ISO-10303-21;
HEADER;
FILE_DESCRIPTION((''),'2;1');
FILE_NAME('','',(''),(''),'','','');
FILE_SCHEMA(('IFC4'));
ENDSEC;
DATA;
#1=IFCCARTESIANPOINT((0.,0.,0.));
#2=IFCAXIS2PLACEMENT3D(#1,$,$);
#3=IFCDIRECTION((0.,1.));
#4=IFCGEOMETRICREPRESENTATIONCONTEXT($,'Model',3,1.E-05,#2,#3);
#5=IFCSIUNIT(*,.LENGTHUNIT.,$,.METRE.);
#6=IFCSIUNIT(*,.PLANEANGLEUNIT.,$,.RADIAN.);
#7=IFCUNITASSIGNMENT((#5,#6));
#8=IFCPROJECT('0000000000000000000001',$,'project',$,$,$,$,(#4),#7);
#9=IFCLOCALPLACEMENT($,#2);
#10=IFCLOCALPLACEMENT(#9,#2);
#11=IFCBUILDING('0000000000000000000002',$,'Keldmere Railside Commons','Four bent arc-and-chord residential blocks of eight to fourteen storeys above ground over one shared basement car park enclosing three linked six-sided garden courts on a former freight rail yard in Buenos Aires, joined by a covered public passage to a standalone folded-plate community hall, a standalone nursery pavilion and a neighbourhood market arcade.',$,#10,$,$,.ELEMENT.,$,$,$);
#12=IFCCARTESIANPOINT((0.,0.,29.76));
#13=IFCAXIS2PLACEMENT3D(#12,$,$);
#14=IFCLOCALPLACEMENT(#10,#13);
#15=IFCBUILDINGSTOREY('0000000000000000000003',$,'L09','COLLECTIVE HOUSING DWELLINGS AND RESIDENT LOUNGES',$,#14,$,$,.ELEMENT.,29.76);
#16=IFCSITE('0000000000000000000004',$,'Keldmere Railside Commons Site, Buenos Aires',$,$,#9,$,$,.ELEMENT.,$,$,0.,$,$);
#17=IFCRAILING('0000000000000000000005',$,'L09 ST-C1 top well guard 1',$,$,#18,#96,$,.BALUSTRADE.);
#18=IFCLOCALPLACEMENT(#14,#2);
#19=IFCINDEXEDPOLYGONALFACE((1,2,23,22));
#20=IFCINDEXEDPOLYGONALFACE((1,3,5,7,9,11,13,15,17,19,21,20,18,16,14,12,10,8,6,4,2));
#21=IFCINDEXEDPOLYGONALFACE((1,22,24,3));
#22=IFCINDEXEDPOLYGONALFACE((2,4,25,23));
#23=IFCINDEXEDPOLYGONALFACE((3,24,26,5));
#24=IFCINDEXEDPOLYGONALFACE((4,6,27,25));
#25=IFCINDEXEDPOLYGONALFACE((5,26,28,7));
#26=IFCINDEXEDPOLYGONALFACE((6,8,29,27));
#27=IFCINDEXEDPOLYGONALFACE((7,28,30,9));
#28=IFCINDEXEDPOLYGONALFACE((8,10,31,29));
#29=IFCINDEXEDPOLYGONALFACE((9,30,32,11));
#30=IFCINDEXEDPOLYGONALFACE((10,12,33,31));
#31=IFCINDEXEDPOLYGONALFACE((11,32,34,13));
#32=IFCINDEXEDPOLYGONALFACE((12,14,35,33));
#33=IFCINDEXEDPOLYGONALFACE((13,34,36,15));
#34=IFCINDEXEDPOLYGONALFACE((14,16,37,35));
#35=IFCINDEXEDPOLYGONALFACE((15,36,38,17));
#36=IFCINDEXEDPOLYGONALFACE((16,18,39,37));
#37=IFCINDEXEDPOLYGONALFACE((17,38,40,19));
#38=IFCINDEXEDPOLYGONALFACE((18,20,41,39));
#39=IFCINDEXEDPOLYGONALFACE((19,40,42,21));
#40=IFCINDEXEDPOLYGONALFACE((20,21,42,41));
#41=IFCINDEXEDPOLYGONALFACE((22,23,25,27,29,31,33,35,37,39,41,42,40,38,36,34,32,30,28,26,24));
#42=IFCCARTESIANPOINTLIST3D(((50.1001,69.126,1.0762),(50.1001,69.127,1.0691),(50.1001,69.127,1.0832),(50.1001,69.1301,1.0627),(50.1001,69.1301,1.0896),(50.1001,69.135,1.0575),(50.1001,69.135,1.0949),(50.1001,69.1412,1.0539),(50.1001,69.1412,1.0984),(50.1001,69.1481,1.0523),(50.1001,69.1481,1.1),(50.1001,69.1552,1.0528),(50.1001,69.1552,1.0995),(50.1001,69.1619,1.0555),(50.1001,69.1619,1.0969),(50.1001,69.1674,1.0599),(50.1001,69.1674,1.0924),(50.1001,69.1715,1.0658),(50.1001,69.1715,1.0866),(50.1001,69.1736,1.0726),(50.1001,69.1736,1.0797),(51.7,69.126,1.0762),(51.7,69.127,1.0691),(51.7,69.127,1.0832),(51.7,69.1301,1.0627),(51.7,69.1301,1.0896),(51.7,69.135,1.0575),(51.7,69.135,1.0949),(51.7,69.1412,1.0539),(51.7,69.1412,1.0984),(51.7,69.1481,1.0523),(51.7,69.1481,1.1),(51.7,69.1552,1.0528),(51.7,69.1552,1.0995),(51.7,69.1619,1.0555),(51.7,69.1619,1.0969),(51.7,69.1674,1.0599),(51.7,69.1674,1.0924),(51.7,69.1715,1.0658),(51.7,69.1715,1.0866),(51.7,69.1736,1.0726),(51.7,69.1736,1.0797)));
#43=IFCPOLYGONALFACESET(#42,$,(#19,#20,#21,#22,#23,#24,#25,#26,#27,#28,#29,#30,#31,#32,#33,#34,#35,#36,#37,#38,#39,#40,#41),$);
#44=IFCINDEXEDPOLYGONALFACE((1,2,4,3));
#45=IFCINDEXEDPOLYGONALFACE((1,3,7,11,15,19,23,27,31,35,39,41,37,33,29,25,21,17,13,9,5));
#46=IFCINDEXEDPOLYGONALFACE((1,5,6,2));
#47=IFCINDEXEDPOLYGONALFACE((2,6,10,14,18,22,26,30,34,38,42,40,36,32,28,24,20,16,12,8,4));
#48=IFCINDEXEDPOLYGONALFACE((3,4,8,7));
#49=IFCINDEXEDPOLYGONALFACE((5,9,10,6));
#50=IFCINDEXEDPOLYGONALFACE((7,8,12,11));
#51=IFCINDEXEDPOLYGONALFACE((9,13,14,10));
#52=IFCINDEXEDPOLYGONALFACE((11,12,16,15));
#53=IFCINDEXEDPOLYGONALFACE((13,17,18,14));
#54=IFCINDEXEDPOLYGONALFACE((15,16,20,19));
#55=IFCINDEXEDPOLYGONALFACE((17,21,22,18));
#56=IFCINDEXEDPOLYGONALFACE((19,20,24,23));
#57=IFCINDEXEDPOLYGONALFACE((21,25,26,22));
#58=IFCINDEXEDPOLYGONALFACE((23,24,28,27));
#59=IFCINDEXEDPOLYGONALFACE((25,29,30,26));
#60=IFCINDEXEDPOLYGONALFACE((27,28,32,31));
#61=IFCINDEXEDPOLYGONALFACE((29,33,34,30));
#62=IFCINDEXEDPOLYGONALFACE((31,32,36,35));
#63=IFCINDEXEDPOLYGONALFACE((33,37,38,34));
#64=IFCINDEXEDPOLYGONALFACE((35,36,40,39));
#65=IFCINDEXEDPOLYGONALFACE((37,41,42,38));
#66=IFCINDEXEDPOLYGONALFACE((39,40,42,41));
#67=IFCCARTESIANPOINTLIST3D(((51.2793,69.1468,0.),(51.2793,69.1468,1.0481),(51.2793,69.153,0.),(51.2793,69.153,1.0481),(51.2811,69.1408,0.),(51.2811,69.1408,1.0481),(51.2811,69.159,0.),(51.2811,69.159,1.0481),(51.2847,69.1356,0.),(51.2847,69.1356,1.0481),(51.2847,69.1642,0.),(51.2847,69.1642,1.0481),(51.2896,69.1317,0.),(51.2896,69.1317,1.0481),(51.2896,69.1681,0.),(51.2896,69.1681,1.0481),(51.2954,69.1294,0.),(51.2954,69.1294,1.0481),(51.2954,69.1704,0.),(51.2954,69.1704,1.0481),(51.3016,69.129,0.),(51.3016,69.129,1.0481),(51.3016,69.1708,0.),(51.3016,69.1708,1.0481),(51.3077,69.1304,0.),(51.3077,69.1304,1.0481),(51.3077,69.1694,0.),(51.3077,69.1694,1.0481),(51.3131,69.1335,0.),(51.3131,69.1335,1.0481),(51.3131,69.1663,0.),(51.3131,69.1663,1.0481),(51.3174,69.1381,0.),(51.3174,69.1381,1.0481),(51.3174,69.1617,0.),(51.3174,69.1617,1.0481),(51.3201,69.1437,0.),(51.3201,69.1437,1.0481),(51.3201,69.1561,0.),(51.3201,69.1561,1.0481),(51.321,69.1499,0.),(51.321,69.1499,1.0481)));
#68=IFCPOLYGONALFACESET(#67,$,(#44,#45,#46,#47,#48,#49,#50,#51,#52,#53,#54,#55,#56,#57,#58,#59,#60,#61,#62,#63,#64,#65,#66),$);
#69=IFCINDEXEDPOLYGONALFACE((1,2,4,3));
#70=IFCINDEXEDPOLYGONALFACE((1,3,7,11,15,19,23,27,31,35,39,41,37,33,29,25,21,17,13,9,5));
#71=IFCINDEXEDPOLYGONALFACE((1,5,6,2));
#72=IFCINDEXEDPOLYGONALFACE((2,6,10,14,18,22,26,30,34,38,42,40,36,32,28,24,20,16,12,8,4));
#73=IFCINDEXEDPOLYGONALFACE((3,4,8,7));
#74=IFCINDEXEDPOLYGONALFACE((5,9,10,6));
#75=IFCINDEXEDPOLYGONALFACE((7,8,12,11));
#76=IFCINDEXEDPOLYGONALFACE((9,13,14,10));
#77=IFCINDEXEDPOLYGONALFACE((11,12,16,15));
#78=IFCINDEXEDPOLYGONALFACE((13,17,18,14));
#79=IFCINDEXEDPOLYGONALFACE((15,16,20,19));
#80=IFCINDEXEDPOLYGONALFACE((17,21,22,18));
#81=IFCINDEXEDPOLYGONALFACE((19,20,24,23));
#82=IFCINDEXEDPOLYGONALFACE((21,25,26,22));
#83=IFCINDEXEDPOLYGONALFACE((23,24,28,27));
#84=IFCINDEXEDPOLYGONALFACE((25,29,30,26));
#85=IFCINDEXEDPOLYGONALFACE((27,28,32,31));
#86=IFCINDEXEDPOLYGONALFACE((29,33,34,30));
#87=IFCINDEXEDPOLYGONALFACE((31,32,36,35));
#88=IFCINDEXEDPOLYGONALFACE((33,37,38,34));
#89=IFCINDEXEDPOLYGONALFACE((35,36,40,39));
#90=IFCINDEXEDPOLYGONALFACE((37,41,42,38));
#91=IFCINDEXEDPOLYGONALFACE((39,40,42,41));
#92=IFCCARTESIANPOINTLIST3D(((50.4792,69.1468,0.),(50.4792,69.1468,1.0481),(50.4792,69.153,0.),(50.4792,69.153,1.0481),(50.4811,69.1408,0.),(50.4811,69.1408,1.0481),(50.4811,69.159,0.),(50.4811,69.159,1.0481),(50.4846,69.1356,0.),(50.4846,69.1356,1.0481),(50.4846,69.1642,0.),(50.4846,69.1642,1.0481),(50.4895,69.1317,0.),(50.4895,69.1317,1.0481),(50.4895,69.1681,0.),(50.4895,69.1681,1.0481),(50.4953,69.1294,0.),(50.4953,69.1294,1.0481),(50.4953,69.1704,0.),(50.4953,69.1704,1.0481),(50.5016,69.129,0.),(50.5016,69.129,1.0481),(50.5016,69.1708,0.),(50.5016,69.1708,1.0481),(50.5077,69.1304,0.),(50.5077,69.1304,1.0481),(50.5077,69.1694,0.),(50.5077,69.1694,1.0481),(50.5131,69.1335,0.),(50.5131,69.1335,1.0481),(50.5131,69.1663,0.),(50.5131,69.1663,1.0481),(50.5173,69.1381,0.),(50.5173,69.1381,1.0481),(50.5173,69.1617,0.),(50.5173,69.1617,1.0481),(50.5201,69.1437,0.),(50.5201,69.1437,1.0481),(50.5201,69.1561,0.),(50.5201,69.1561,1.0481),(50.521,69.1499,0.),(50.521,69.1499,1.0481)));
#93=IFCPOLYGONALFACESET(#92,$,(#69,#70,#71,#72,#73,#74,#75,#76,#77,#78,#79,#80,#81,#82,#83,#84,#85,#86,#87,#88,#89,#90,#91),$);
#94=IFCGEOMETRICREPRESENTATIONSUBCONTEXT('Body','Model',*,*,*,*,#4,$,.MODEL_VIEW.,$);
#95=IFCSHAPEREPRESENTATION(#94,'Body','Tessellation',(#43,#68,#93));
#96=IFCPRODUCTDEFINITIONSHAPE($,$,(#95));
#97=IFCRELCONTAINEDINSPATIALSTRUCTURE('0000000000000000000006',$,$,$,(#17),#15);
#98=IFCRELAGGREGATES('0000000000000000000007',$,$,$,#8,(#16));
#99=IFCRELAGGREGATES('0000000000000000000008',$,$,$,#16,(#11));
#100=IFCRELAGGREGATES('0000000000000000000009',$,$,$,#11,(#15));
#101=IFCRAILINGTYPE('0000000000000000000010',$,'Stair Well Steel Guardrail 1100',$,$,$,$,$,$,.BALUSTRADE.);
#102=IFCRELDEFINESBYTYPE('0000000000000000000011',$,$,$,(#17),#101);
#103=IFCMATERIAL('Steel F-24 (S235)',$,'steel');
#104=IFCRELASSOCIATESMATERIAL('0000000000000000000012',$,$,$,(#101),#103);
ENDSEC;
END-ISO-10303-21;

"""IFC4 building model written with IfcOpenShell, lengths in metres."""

from ifc_helpers import new_model, si_unit, direction, frame, origin, origin_2d, place, context, subcontext, project, spatial, circle, extrude, material, type_object, element, save


model = new_model("IFC4")

# Units and contexts
model_context = context("Model", 3, precision=1e-05, world=origin(), true_north=direction((0.0, 1.0)))
body_context = subcontext(model_context, "Body", "Model", "MODEL_VIEW")
ifc_project = project(units=[si_unit("LENGTHUNIT", "METRE"), si_unit("PLANEANGLEUNIT", "RADIAN")], contexts=[model_context])

# Site, building, storey
site_placement = place(None, origin())
site = spatial("IfcSite", under=ifc_project, at=site_placement, Name="Keldmere Railside Commons Site, Buenos Aires", CompositionType="ELEMENT", RefElevation=0.0)
building_placement = place(site_placement, origin())
building = spatial("IfcBuilding", under=site, at=building_placement, Name="Keldmere Railside Commons", Description="Four bent arc-and-chord residential blocks of eight to fourteen storeys above ground over one shared basement car park enclosing three linked six-sided garden courts on a former freight rail yard in Buenos Aires, joined by a covered public passage to a standalone folded-plate community hall, a standalone nursery pavilion and a neighbourhood market arcade.", CompositionType="ELEMENT")
storey_placement = place(building_placement, frame((0.0, 0.0, 29.76)))
storey = spatial("IfcBuildingStorey", under=building, at=storey_placement, Name="L09", Description="COLLECTIVE HOUSING DWELLINGS AND RESIDENT LOUNGES", CompositionType="ELEMENT", Elevation=29.76)

# Railing
ifc_material_1 = material(Name="Steel F-24 (S235)", Category="steel")
railing_type_1 = type_object("IfcRailingType", Name="Stair Well Steel Guardrail 1100", PredefinedType="BALUSTRADE", material=ifc_material_1)
railing_1_placement = place(storey_placement, frame((51.7, 69.1499, 0.0)))
element("IfcRailing", 1, at=railing_1_placement, inside=storey, type_object=railing_type_1, Name="L09 ST-C1 top well guard 1", PredefinedType="BALUSTRADE", context=body_context, shape_type="SweptSolid", body=[
    extrude(circle(Radius=0.0239, at=origin_2d()), frame((0.0, 0.0, 1.0762), z_axis=(-1.0, 0.0, 0.0), x_axis=(0.0, -1.0, 0.0)), (0.0, 0.0, 1.0), 1.5999),
    extrude(circle(Radius=0.021, at=origin_2d()), frame((-0.3999, 0.0, 0.0)), (0.0, 0.0, 1.0), 1.0481),
    extrude(circle(Radius=0.021, at=origin_2d()), frame((-1.2, 0.0, 0.0)), (0.0, 0.0, 1.0), 1.0481),
])

save(model, "model.ifc")
